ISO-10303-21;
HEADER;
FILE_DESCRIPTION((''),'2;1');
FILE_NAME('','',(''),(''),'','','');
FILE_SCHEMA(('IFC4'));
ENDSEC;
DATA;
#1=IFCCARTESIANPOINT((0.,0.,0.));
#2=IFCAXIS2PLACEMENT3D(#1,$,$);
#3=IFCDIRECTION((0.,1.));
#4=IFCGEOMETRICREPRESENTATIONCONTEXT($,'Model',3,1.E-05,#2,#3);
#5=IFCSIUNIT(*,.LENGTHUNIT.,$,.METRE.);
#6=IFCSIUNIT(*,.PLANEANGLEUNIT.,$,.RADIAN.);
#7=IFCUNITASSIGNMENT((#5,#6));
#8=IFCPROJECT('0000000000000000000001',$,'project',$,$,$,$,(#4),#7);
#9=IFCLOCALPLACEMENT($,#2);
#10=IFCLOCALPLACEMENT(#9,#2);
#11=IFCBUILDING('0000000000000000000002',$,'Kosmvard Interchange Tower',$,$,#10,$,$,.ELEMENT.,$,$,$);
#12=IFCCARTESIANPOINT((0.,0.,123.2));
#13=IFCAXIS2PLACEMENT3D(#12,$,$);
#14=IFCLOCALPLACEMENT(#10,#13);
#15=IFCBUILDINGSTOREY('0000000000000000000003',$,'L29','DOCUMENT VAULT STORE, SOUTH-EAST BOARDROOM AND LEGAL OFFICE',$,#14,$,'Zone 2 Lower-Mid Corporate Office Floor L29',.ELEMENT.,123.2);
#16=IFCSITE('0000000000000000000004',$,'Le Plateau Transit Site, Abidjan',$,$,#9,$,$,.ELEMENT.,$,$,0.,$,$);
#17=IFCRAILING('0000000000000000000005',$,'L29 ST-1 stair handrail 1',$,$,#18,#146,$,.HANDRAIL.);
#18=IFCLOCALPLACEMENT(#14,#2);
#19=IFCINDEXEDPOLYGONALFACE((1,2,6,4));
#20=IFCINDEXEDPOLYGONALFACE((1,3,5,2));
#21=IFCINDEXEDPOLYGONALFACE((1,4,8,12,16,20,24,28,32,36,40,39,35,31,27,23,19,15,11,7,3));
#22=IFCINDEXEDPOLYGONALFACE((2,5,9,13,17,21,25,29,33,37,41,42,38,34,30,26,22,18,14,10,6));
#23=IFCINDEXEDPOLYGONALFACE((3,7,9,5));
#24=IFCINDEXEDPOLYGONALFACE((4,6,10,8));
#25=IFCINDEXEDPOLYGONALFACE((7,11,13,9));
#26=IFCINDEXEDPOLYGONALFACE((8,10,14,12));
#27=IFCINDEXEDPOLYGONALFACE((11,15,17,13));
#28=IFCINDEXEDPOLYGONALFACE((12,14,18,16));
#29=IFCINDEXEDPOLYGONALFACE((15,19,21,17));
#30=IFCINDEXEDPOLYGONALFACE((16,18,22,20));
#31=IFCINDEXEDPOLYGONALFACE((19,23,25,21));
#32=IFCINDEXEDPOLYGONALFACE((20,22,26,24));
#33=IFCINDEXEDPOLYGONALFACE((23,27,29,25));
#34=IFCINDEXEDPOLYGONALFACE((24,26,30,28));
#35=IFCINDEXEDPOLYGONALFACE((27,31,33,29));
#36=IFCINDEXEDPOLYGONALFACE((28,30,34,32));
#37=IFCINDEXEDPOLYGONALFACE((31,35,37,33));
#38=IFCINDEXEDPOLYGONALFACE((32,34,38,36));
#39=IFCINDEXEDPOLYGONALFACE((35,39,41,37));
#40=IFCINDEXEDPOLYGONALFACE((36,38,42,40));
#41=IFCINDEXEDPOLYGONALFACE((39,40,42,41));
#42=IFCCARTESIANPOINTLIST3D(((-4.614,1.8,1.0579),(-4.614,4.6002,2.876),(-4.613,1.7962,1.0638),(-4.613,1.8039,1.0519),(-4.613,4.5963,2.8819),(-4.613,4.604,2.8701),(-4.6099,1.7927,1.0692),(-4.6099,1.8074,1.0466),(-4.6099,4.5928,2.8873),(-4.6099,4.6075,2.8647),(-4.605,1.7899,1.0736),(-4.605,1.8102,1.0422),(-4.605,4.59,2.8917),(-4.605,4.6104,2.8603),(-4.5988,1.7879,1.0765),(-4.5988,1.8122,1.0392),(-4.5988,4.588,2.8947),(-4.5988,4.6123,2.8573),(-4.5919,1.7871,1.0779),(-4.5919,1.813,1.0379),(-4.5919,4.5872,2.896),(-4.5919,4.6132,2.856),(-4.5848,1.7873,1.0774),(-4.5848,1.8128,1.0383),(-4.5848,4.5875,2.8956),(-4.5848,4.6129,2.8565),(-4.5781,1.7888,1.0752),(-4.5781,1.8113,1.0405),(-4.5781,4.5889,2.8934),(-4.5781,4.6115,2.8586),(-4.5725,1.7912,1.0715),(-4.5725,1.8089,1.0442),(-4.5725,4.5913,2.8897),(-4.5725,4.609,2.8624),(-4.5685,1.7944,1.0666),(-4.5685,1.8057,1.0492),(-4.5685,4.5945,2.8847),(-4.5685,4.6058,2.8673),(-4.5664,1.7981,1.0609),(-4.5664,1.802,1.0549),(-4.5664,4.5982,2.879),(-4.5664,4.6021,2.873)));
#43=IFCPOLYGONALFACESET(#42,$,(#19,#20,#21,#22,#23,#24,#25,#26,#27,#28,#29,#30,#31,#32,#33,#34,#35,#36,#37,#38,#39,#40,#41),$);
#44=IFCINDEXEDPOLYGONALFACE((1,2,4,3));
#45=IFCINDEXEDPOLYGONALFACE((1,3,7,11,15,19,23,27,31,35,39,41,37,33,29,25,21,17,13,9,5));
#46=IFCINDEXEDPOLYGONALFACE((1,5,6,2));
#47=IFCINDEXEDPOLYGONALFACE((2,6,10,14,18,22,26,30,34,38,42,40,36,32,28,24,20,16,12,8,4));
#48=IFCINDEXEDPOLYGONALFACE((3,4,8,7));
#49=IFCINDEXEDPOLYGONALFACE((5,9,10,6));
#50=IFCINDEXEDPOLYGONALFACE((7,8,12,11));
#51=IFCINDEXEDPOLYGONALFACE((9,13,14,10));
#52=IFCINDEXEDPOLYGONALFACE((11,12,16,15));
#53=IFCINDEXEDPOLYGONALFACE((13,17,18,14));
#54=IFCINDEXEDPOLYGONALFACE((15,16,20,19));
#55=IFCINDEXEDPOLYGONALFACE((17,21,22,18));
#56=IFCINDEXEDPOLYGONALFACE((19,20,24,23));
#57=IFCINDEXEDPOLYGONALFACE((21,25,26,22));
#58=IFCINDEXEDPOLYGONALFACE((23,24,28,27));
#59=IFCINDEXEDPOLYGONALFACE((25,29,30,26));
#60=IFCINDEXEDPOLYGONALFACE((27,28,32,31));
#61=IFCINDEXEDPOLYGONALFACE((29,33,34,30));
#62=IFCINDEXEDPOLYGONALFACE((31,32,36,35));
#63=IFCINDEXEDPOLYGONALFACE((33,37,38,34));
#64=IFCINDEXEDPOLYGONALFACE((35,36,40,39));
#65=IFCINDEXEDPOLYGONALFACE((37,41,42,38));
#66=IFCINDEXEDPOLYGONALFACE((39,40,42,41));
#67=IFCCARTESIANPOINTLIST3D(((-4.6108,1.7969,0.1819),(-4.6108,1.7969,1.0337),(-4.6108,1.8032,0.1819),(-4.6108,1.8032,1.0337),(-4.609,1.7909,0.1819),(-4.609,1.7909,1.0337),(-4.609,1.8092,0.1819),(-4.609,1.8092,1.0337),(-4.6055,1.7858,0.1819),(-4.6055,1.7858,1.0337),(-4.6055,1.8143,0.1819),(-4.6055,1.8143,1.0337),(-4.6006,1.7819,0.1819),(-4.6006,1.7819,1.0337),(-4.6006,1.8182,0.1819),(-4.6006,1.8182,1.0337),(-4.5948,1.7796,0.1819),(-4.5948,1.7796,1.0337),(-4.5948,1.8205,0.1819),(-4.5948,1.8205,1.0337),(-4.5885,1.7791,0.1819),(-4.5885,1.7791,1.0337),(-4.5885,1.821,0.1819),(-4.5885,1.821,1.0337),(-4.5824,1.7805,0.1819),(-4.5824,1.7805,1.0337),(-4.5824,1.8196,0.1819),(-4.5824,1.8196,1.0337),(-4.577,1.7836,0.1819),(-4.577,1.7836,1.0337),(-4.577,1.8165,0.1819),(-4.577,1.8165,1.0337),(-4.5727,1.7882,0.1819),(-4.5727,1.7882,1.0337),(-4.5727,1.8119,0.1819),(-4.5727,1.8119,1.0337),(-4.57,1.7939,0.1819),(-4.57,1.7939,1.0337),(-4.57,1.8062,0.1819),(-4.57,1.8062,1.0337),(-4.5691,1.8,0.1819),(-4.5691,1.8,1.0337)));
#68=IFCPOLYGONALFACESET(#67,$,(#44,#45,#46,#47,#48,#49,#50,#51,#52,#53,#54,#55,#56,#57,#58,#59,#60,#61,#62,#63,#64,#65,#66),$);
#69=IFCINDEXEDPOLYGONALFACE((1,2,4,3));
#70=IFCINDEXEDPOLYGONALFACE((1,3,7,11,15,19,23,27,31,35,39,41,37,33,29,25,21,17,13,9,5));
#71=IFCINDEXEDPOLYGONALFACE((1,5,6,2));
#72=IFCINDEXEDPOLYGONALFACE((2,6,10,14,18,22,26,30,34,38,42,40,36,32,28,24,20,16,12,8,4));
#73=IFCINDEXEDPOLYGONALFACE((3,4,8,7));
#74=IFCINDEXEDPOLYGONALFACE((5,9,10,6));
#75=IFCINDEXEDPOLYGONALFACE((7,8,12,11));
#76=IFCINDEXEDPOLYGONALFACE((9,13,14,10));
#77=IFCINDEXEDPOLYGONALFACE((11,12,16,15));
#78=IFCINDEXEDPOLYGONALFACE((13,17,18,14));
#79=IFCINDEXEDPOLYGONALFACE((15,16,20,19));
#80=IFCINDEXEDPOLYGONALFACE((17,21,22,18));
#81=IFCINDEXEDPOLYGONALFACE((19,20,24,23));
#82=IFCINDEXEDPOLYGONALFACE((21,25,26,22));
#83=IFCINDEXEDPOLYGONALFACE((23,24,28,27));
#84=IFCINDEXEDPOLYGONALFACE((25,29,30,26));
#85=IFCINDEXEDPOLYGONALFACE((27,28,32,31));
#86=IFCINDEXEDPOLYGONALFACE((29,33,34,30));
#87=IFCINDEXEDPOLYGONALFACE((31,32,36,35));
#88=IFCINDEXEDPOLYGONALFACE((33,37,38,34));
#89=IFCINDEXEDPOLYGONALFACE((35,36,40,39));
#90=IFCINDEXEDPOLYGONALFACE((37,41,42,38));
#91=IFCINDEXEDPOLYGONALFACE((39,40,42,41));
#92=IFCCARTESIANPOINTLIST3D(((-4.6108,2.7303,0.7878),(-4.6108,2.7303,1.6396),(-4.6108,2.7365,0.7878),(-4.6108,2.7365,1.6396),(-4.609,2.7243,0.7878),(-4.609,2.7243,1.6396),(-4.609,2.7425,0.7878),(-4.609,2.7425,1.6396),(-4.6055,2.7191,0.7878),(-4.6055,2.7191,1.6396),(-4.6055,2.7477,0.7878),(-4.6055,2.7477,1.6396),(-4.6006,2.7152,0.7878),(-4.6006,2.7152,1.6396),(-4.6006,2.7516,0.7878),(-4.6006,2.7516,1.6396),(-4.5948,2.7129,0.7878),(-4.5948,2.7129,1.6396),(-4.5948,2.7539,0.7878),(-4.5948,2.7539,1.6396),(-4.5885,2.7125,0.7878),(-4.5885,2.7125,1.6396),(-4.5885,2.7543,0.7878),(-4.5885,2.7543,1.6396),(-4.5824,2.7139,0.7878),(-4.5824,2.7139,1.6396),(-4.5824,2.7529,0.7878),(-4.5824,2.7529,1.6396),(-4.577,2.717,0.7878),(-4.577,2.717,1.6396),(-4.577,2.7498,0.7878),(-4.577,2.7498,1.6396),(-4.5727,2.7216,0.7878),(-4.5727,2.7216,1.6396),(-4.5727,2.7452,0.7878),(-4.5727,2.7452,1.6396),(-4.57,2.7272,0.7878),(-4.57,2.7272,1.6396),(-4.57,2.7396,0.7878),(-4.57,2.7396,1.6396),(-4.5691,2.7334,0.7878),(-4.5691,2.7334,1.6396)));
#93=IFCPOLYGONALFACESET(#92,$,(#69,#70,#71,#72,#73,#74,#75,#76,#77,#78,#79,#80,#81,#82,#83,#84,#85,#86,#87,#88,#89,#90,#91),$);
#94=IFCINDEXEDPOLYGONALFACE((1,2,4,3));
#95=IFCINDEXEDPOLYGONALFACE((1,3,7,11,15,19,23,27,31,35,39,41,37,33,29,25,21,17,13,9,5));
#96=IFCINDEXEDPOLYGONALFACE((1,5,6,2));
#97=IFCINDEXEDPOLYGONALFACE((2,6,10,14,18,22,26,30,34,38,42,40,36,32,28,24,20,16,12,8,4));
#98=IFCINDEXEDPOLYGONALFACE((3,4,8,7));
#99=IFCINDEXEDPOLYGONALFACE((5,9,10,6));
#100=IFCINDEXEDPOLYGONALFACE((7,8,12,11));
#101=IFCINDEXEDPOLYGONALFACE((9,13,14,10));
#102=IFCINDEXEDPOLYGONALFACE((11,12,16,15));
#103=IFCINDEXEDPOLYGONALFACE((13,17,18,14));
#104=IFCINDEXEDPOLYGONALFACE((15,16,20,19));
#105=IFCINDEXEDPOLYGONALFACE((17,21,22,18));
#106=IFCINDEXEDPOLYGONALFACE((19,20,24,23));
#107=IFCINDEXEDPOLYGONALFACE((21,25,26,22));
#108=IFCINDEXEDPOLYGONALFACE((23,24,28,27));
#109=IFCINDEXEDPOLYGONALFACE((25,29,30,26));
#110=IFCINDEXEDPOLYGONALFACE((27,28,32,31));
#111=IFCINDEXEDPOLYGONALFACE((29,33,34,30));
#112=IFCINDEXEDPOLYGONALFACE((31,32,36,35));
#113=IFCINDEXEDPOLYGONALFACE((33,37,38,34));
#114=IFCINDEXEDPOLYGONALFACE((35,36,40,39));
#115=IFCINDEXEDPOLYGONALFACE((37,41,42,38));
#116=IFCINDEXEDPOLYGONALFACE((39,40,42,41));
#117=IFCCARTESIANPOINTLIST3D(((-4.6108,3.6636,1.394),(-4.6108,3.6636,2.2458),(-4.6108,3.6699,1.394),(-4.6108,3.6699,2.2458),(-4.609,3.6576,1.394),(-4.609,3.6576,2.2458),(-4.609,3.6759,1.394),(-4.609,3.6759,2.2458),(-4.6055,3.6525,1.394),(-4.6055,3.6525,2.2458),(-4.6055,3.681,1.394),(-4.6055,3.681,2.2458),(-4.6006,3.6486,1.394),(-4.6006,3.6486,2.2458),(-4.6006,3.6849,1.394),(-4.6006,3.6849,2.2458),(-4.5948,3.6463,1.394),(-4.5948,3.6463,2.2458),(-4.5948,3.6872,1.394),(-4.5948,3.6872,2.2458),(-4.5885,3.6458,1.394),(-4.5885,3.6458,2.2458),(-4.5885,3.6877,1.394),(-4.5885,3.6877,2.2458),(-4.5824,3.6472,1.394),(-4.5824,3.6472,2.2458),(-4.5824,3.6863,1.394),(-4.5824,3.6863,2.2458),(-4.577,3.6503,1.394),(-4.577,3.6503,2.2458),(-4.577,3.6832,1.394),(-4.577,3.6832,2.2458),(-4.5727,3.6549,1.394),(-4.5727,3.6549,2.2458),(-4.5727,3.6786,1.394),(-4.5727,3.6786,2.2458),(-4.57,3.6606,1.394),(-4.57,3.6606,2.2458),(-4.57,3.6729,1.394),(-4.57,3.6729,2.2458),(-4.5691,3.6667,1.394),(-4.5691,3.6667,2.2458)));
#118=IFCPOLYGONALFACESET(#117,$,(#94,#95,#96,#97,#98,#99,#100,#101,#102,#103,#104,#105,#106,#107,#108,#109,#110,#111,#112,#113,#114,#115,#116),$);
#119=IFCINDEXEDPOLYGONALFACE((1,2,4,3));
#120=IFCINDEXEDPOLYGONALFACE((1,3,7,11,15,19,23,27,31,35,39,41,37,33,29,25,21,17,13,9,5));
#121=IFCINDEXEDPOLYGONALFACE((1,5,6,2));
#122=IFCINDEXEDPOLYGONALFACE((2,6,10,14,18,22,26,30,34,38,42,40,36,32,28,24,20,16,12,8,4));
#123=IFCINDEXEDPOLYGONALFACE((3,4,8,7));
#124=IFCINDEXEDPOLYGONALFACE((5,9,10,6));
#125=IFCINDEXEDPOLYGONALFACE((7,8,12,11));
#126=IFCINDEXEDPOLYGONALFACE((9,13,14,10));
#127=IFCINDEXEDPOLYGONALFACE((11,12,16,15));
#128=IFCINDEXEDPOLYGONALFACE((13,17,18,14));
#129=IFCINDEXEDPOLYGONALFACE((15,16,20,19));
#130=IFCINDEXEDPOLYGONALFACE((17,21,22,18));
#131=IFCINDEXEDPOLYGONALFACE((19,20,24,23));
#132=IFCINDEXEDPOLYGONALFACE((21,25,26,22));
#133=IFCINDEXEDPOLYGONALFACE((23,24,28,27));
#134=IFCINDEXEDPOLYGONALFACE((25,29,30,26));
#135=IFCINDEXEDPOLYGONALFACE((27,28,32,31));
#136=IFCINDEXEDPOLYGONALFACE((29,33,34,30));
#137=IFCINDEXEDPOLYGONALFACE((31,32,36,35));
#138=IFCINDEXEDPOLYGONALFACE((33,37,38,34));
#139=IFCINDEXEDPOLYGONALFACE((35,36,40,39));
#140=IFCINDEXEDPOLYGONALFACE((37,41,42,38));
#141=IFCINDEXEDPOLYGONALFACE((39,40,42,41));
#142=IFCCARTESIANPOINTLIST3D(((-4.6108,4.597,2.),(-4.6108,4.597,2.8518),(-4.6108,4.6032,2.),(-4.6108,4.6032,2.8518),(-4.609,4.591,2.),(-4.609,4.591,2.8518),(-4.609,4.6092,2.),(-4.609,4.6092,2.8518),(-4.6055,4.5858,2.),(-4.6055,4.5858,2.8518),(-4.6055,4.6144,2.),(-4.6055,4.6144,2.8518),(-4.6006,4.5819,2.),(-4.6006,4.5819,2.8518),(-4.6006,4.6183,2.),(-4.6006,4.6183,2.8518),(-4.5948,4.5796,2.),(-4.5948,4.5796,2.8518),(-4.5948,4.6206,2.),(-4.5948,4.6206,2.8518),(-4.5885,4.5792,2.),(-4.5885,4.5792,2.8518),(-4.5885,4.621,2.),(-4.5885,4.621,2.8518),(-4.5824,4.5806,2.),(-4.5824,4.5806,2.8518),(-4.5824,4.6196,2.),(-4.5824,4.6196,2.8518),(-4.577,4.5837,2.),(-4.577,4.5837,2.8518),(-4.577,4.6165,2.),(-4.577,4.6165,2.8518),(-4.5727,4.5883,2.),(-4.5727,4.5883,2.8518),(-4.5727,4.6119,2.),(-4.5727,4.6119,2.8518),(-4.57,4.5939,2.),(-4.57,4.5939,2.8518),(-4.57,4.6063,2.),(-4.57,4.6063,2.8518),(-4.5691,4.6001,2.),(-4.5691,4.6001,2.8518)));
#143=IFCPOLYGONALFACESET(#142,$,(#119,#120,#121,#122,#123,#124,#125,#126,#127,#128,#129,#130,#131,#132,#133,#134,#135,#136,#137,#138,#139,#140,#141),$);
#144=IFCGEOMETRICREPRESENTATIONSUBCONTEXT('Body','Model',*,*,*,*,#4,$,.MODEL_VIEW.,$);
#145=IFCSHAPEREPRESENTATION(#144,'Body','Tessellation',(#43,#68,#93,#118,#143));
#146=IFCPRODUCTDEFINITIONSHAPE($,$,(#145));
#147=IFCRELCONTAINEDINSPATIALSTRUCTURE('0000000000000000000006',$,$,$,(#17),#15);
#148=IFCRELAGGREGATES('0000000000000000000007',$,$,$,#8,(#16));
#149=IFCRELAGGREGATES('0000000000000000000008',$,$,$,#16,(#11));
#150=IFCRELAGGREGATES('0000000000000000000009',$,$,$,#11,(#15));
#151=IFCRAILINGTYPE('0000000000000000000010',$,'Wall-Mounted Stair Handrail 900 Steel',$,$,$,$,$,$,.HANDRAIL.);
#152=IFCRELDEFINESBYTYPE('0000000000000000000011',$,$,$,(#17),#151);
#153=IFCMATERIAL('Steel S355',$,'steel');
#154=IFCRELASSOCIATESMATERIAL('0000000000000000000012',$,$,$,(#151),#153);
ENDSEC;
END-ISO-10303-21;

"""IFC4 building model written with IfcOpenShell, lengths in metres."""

from ifc_helpers import new_model, si_unit, direction, frame, origin, origin_2d, place, context, subcontext, project, spatial, circle, extrude, source, transform, mapped, material, type_object, element, save


model = new_model("IFC4")

# Units and contexts
model_context = context("Model", 3, precision=1e-05, world=origin(), true_north=direction((0.0, 1.0)))
body_context = subcontext(model_context, "Body", "Model", "MODEL_VIEW")
ifc_project = project(units=[si_unit("LENGTHUNIT", "METRE"), si_unit("PLANEANGLEUNIT", "RADIAN")], contexts=[model_context])

# Site, building, storey
site_placement = place(None, origin())
site = spatial("IfcSite", under=ifc_project, at=site_placement, Name="Le Plateau Transit Site, Abidjan", CompositionType="ELEMENT", RefElevation=0.0)
building_placement = place(site_placement, origin())
building = spatial("IfcBuilding", under=site, at=building_placement, Name="Kosmvard Interchange Tower", CompositionType="ELEMENT")
storey_placement = place(building_placement, frame((0.0, 0.0, 123.2)))
storey = spatial("IfcBuildingStorey", under=building, at=storey_placement, Name="L29", Description="DOCUMENT VAULT STORE, SOUTH-EAST BOARDROOM AND LEGAL OFFICE", LongName="Zone 2 Lower-Mid Corporate Office Floor L29", CompositionType="ELEMENT", Elevation=123.2)

# Shared definitions
ifc_material_1 = material(Name="Steel S355", Category="steel")

# Railing
railing_type_1 = type_object("IfcRailingType", Name="Wall-Mounted Stair Handrail 900 Steel", PredefinedType="HANDRAIL", material=ifc_material_1)
shared_shape_1 = source(origin(), body_context, "Body", "SweptSolid", [
    extrude(circle(Radius=0.0239, at=origin_2d()), frame((0.0, 0.0, 0.876), z_axis=(0.0, 0.838706, 0.544585), x_axis=(-1.0, 0.0, 0.0)), (0.0, 0.0, 1.0), 3.3386),
    extrude(circle(Radius=0.021, at=origin_2d()), origin(), (0.0, 0.0, 1.0), 0.8518),
    extrude(circle(Radius=0.021, at=origin_2d()), frame((0.0, 0.9333, 0.606)), (0.0, 0.0, 1.0), 0.8518),
    extrude(circle(Radius=0.021, at=origin_2d()), frame((0.0, 1.8667, 1.2122)), (0.0, 0.0, 1.0), 0.8518),
    extrude(circle(Radius=0.021, at=origin_2d()), frame((0.0, 2.8, 1.8181)), (0.0, 0.0, 1.0), 0.8518),
])
railing_1_placement = place(storey_placement, frame((-4.5901, 1.8, 0.1819)))
element("IfcRailing", 1, at=railing_1_placement, inside=storey, type_object=railing_type_1, Name="L29 ST-1 stair handrail 1", PredefinedType="HANDRAIL", context=body_context, shape_type="MappedRepresentation", body=[
    mapped(shared_shape_1, transform((0.0, 0.0, 0.0), scale=1.0)),
])

save(model, "model.ifc")
